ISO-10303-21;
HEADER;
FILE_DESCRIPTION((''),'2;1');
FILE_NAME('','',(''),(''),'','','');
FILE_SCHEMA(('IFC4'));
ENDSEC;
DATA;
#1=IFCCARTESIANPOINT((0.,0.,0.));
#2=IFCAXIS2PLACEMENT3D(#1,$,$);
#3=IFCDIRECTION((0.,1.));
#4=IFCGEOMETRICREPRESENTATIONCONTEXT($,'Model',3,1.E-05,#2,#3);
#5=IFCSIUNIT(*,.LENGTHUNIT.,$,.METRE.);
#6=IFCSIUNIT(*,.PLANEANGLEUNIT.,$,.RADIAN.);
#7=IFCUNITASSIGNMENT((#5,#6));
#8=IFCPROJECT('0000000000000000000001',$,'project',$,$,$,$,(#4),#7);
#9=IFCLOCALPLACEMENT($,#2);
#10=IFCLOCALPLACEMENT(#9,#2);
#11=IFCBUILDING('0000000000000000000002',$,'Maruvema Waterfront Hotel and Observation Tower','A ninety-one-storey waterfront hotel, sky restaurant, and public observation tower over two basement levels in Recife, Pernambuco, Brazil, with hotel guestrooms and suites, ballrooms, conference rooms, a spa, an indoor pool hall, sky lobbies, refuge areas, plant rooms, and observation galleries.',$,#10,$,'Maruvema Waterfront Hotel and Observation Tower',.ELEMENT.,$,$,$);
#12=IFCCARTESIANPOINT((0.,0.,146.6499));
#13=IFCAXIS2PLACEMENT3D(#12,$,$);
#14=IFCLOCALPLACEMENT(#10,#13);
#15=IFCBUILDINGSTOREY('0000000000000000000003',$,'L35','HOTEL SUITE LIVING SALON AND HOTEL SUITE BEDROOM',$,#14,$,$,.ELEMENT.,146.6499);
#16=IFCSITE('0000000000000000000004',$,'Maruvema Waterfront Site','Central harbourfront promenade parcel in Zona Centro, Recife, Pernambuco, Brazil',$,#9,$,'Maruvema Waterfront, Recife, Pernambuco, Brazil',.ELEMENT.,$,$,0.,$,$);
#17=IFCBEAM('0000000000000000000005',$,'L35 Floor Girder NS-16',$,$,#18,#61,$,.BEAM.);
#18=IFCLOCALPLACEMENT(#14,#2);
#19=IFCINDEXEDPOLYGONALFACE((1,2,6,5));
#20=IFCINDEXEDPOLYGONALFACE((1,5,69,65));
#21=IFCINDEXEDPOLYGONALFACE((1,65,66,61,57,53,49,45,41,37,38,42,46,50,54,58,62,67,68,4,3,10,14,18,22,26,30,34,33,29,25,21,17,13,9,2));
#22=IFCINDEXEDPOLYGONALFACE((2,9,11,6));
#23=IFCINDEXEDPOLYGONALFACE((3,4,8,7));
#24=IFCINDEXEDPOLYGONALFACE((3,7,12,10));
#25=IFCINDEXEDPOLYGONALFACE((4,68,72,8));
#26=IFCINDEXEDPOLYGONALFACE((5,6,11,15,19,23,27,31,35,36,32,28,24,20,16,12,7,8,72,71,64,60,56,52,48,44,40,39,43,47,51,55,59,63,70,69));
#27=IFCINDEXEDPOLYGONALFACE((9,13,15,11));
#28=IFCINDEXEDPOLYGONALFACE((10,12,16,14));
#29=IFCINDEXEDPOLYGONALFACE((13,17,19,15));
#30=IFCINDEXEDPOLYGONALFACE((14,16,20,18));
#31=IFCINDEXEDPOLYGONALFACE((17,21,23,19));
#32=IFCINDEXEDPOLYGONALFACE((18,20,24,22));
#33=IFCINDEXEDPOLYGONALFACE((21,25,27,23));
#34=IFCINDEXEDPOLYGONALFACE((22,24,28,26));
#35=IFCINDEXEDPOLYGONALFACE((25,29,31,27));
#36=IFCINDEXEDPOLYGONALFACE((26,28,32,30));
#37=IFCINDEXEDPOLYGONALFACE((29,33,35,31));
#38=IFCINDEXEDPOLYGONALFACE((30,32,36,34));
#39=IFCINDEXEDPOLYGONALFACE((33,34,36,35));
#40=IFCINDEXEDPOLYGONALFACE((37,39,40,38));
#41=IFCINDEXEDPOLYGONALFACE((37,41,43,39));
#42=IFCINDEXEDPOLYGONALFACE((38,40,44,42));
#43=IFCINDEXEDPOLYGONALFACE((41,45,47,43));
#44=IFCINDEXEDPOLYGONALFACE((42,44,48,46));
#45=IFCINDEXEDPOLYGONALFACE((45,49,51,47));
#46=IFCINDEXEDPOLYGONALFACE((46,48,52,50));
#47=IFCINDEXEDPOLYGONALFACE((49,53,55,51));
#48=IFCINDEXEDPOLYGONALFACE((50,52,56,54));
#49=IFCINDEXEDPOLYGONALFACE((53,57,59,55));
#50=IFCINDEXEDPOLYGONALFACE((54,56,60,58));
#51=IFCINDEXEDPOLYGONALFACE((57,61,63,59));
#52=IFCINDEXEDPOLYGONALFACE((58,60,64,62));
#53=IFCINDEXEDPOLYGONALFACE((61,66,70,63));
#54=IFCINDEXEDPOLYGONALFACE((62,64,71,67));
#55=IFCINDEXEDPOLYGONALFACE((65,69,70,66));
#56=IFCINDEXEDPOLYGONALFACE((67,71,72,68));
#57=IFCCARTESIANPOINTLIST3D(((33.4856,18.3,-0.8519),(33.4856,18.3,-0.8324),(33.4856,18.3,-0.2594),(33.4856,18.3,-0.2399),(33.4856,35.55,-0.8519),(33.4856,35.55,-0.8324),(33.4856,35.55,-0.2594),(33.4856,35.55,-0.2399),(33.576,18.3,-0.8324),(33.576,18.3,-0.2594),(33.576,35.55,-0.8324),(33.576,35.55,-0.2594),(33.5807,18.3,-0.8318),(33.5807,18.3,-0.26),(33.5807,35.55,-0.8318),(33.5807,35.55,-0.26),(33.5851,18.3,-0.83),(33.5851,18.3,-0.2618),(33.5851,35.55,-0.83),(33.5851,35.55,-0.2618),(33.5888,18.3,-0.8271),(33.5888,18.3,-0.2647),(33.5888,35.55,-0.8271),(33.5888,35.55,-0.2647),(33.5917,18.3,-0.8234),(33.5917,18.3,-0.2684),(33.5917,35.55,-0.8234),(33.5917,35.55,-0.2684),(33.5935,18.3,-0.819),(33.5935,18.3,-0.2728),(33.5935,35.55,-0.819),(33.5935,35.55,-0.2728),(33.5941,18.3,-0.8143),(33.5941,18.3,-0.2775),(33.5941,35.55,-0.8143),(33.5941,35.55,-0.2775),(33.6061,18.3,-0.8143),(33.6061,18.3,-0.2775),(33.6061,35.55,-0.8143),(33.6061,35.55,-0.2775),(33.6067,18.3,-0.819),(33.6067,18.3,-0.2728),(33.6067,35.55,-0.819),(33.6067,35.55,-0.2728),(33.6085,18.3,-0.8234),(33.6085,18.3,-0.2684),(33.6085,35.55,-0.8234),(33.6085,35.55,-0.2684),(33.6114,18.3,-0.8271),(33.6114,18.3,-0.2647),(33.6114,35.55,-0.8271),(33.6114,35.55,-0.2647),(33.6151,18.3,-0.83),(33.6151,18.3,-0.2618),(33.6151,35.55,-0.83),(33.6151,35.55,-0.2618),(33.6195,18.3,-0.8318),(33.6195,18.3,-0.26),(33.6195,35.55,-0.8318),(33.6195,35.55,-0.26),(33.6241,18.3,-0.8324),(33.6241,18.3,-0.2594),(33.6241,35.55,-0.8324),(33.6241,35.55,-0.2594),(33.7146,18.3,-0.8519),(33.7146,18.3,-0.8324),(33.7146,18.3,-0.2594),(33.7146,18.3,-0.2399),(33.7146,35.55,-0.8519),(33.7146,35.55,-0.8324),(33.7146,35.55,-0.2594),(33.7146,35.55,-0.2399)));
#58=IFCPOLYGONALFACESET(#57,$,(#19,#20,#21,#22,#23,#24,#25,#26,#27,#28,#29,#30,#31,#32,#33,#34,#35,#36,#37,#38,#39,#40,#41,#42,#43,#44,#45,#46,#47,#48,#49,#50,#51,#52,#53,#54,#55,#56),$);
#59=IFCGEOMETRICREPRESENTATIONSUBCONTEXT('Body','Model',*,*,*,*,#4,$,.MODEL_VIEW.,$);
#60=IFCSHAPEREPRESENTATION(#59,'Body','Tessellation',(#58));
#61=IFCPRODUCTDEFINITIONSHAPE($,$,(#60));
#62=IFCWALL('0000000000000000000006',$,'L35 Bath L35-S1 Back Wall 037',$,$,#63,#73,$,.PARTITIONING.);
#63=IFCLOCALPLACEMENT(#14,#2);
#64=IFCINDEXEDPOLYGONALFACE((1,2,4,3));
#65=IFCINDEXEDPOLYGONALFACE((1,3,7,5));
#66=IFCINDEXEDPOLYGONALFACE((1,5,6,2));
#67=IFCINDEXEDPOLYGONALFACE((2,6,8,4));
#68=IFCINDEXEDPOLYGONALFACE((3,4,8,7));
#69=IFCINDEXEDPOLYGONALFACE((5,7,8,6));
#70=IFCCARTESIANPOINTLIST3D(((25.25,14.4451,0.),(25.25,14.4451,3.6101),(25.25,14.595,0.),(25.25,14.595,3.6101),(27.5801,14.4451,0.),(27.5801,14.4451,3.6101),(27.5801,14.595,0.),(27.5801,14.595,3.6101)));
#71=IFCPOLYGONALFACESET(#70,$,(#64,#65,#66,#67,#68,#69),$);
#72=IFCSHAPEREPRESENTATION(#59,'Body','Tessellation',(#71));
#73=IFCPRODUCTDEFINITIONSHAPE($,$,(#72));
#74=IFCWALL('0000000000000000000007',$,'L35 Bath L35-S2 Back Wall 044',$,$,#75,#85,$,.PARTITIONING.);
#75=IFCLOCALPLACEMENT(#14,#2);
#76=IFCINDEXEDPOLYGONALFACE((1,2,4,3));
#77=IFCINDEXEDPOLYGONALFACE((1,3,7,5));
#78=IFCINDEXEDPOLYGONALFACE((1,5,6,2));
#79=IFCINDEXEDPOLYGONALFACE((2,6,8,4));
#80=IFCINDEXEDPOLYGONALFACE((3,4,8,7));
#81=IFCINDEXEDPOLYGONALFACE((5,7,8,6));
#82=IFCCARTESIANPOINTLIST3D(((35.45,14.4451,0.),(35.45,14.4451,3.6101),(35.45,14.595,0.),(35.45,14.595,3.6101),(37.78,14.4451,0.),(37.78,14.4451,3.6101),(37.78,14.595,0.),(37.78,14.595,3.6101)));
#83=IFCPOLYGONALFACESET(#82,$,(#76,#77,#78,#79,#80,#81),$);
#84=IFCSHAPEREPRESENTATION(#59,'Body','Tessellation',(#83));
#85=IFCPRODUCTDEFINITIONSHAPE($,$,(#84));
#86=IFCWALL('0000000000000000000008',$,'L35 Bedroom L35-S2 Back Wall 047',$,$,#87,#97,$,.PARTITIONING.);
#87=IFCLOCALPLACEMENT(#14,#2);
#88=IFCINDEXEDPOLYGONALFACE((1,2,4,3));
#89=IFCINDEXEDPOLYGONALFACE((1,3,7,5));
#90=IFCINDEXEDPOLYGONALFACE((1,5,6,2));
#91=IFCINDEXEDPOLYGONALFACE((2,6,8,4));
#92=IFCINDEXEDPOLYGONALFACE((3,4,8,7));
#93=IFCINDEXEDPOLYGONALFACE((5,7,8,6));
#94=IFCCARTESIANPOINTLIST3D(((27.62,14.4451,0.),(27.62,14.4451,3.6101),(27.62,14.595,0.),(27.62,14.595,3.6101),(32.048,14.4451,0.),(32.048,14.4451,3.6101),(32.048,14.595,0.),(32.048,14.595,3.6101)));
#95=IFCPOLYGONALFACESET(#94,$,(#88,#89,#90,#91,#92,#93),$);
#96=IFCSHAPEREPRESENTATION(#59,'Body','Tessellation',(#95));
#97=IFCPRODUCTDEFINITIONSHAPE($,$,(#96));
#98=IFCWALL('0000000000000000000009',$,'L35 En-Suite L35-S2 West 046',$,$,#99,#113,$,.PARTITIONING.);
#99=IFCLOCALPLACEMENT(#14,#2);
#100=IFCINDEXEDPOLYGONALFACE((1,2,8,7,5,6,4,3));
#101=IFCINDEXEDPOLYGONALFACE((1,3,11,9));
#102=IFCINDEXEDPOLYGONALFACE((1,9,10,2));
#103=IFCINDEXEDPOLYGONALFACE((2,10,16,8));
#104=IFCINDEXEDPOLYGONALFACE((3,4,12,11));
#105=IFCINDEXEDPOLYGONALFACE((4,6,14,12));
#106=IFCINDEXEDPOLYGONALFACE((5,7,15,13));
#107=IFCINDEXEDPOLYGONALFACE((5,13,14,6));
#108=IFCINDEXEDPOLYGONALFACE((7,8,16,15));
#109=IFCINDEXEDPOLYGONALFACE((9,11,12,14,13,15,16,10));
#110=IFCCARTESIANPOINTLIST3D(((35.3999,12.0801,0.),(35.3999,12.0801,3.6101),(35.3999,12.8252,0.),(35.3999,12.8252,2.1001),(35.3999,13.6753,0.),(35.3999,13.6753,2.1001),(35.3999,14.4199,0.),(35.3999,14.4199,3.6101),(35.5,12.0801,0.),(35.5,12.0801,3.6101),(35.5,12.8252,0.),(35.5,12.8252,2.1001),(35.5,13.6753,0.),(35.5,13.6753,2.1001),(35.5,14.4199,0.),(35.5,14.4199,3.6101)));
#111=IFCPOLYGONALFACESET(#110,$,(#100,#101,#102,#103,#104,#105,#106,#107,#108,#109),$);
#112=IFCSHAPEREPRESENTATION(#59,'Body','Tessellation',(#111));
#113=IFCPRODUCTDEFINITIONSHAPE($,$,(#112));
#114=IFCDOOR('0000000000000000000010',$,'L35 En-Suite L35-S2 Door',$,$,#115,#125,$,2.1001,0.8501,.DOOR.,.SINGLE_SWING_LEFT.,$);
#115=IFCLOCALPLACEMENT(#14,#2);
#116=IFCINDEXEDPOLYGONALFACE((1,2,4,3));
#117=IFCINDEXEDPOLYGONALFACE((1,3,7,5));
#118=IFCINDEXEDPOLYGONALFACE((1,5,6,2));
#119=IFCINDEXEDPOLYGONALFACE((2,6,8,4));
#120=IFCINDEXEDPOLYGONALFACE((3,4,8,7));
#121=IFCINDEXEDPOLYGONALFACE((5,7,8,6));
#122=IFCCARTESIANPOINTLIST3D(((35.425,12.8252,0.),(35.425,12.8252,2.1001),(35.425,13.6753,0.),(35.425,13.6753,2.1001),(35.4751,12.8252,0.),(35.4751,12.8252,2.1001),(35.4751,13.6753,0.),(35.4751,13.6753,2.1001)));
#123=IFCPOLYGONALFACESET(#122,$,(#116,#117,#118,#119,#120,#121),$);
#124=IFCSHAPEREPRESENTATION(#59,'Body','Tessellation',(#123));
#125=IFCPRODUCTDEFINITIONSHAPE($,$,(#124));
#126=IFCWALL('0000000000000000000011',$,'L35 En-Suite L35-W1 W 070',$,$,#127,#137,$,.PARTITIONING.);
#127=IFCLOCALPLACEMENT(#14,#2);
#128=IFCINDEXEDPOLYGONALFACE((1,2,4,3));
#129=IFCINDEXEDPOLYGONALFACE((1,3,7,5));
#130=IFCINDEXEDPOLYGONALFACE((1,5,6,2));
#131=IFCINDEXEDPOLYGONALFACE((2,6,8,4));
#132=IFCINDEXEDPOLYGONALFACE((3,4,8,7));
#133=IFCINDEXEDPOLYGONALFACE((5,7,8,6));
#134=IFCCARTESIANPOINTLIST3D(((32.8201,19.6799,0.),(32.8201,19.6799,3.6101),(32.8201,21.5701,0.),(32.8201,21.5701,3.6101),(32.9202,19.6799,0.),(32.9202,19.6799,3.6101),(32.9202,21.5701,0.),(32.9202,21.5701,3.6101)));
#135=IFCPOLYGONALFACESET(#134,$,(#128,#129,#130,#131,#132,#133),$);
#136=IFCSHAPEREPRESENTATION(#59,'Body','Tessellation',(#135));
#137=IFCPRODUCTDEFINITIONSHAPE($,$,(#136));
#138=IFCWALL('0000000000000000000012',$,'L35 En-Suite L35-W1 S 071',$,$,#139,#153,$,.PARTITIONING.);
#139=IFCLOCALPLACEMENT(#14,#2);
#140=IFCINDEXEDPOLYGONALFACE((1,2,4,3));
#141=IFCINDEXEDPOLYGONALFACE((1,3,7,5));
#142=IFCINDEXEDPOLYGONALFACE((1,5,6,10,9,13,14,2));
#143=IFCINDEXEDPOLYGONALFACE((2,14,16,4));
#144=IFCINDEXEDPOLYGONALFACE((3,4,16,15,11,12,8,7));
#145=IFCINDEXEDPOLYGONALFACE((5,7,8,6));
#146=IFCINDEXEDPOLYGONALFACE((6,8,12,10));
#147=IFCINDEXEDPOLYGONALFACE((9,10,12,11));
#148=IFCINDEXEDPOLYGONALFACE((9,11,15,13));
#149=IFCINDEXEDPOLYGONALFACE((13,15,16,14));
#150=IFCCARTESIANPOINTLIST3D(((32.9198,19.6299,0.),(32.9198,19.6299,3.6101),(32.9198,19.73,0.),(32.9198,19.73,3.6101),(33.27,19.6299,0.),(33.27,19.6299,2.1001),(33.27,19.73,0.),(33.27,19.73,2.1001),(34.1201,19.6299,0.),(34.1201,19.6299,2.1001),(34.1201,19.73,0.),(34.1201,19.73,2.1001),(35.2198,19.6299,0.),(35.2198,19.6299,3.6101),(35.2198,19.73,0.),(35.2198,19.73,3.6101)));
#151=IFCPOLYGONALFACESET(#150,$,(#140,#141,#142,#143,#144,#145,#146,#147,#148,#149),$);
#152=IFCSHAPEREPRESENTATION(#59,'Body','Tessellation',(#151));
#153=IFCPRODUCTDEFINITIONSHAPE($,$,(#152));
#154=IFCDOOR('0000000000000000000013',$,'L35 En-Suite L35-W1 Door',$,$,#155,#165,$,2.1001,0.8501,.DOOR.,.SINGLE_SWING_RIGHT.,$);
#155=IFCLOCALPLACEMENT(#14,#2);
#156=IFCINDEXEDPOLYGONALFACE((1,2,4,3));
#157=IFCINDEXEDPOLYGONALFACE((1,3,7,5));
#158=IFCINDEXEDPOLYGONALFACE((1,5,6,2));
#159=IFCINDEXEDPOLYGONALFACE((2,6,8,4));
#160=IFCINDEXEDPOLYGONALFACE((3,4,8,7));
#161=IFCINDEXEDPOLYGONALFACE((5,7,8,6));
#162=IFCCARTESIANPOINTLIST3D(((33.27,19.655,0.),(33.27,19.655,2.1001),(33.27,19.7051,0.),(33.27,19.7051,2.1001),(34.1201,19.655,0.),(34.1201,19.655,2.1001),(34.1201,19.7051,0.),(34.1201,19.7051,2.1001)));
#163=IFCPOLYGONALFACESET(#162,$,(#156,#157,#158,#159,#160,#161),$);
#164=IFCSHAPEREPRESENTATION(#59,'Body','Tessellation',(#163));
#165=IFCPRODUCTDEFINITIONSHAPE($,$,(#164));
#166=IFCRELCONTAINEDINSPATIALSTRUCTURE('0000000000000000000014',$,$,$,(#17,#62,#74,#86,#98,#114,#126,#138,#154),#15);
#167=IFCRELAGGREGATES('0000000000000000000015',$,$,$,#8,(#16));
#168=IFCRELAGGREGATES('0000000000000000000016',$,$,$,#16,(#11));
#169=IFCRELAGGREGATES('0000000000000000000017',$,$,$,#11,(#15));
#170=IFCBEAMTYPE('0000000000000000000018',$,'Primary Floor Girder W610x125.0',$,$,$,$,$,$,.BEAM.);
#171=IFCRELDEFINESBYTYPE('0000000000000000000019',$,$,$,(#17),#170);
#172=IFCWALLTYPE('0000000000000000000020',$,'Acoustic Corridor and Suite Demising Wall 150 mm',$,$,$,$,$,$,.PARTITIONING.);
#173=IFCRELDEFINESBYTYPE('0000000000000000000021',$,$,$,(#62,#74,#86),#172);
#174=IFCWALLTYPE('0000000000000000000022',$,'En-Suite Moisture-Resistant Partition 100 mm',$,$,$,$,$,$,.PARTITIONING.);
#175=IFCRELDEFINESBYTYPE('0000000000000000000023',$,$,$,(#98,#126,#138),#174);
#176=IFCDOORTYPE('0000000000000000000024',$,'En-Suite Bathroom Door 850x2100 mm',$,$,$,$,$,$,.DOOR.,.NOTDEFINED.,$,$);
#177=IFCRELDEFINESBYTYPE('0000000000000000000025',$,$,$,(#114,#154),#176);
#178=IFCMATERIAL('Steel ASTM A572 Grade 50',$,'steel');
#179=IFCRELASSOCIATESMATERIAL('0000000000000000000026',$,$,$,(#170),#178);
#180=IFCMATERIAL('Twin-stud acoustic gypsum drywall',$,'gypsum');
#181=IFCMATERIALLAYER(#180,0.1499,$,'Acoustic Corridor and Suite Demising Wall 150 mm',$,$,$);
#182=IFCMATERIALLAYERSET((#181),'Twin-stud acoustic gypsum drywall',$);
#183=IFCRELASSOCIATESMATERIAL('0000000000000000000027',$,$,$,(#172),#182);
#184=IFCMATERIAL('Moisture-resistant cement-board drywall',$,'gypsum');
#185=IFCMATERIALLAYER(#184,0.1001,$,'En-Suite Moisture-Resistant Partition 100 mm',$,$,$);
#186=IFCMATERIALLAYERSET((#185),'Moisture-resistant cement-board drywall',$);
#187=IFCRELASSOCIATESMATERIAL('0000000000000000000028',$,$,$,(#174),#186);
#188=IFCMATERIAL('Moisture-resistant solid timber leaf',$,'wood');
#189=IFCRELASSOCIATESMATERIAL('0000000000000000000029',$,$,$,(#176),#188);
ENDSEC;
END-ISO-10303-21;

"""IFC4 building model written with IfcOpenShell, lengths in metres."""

from ifc_helpers import new_model, si_unit, direction, frame, frame_2d, origin, origin_2d, place, context, subcontext, project, spatial, rectangle, i_section, extrude, material, layer, layer_set, material_profile, profile_set, type_object, element, fill, save


model = new_model("IFC4")

# Units and contexts
model_context = context("Model", 3, precision=1e-05, world=origin(), true_north=direction((0.0, 1.0)))
body_context = subcontext(model_context, "Body", "Model", "MODEL_VIEW")
ifc_project = project(units=[si_unit("LENGTHUNIT", "METRE"), si_unit("PLANEANGLEUNIT", "RADIAN")], contexts=[model_context])

# Site, building, storey
site_placement = place(None, origin())
site = spatial("IfcSite", under=ifc_project, at=site_placement, Name="Maruvema Waterfront Site", Description="Central harbourfront promenade parcel in Zona Centro, Recife, Pernambuco, Brazil", LongName="Maruvema Waterfront, Recife, Pernambuco, Brazil", CompositionType="ELEMENT", RefElevation=0.0)
building_placement = place(site_placement, origin())
building = spatial("IfcBuilding", under=site, at=building_placement, Name="Maruvema Waterfront Hotel and Observation Tower", Description="A ninety-one-storey waterfront hotel, sky restaurant, and public observation tower over two basement levels in Recife, Pernambuco, Brazil, with hotel guestrooms and suites, ballrooms, conference rooms, a spa, an indoor pool hall, sky lobbies, refuge areas, plant rooms, and observation galleries.", LongName="Maruvema Waterfront Hotel and Observation Tower", CompositionType="ELEMENT")
storey_placement = place(building_placement, frame((0.0, 0.0, 146.6499)))
storey = spatial("IfcBuildingStorey", under=building, at=storey_placement, Name="L35", Description="HOTEL SUITE LIVING SALON AND HOTEL SUITE BEDROOM", CompositionType="ELEMENT", Elevation=146.6499)

# Beam
ifc_material_1 = material(Name="Steel ASTM A572 Grade 50", Category="steel")
ifc_material_profile_1 = material_profile(ifc_material_1, i_section(OverallWidth=0.229, OverallDepth=0.6121, WebThickness=0.012, FlangeThickness=0.0195, FilletRadius=0.0181, at=origin_2d()), Name="W610x125.0")
ifc_profile_set_1 = profile_set([ifc_material_profile_1], Name="Steel ASTM A572 Grade 50")
beam_type = type_object("IfcBeamType", Name="Primary Floor Girder W610x125.0", PredefinedType="BEAM", material=ifc_profile_set_1)
beam_1_placement = place(storey_placement, frame((33.6001, 18.3, -0.5459), z_axis=(0.0, 1.0, 0.0), x_axis=(-1.0, 0.0, 0.0)))
element("IfcBeam", 1, at=beam_1_placement, inside=storey, type_object=beam_type, Name="L35 Floor Girder NS-16", PredefinedType="BEAM", context=body_context, shape_type="SweptSolid", body=[
    extrude(i_section(OverallWidth=0.229, OverallDepth=0.6121, WebThickness=0.012, FlangeThickness=0.0195, FilletRadius=0.0181, at=origin_2d()), origin(), (0.0, 0.0, 1.0), 17.25),
])

# Walls
ifc_material_2 = material(Name="Twin-stud acoustic gypsum drywall", Category="gypsum")
ifc_layer_1 = layer(ifc_material_2, 0.1499, Name="Acoustic Corridor and Suite Demising Wall 150 mm")
ifc_layer_set_1 = layer_set([ifc_layer_1], Name="Twin-stud acoustic gypsum drywall")
wall_type_1 = type_object("IfcWallType", Name="Acoustic Corridor and Suite Demising Wall 150 mm", PredefinedType="PARTITIONING", material=ifc_layer_set_1)
for number, where, z_axis, x_axis, name in (
    (2, (25.25, 14.52, 0.0), (0.0, 0.0, 1.0), (1.0, 0.0, 0.0), "L35 Bath L35-S1 Back Wall 037"),
    (3, (35.45, 14.52, 0.0), (0.0, 0.0, 1.0), (1.0, 0.0, 0.0), "L35 Bath L35-S2 Back Wall 044"),
):
    element("IfcWall", number, at=place(storey_placement, frame(where, z_axis=z_axis, x_axis=x_axis)), inside=storey, type_object=wall_type_1, Name=name, PredefinedType="PARTITIONING", context=body_context, shape_type="SweptSolid", body=[
        extrude(rectangle(XDim=2.3301, YDim=0.1499, at=frame_2d((1.165, 0.0))), origin(), (0.0, 0.0, 1.0), 3.6101),
    ])
wall_1_placement = place(storey_placement, frame((27.6201, 14.52, 0.0), z_axis=(0.0, 0.0, 1.0), x_axis=(1.0, 0.0, 0.0)))
element("IfcWall", 4, at=wall_1_placement, inside=storey, type_object=wall_type_1, Name="L35 Bedroom L35-S2 Back Wall 047", PredefinedType="PARTITIONING", context=body_context, shape_type="SweptSolid", body=[
    extrude(rectangle(XDim=4.428, YDim=0.1499, at=frame_2d((2.2139, 0.0))), origin(), (0.0, 0.0, 1.0), 3.6101),
])

# Wall, opening, door
ifc_material_3 = material(Name="Moisture-resistant cement-board drywall", Category="gypsum")
ifc_layer_2 = layer(ifc_material_3, 0.1001, Name="En-Suite Moisture-Resistant Partition 100 mm")
ifc_layer_set_2 = layer_set([ifc_layer_2], Name="Moisture-resistant cement-board drywall")
wall_type_2 = type_object("IfcWallType", Name="En-Suite Moisture-Resistant Partition 100 mm", PredefinedType="PARTITIONING", material=ifc_layer_set_2)
wall_2_placement = place(storey_placement, frame((35.45, 12.0801, 0.0), z_axis=(0.0, 0.0, 1.0), x_axis=(0.0, 1.0, 0.0)))
wall_2 = element("IfcWall", 5, at=wall_2_placement, inside=storey, type_object=wall_type_2, Name="L35 En-Suite L35-S2 West 046", PredefinedType="PARTITIONING", context=body_context, shape_type="SweptSolid", body=[
    extrude(rectangle(XDim=2.3398, YDim=0.1001, at=frame_2d((1.1699, 0.0))), origin(), (0.0, 0.0, 1.0), 3.6101),
])
opening_1_placement = place(wall_2_placement, frame((0.7451, 0.0, 0.0)))
opening_1 = element("IfcOpeningElement", 6, at=opening_1_placement, cuts=wall_2, PredefinedType="OPENING", context=body_context, shape_type="SweptSolid", body=[
    extrude(rectangle(XDim=0.8501, YDim=2.1001, at=frame_2d((0.425, 1.05))), frame((0.0, 0.0601, 0.0), z_axis=(0.0, -1.0, 0.0), x_axis=(1.0, 0.0, 0.0)), (0.0, 0.0, 1.0), 0.1201),
])
ifc_material_4 = material(Name="Moisture-resistant solid timber leaf", Category="wood")
door_type_1 = type_object("IfcDoorType", Name="En-Suite Bathroom Door 850x2100 mm", OperationType="NOTDEFINED", PredefinedType="DOOR", material=ifc_material_4)
door_1_placement = place(opening_1_placement, origin())
door_1 = element("IfcDoor", 7, at=door_1_placement, inside=storey, type_object=door_type_1, Name="L35 En-Suite L35-S2 Door", OperationType="SINGLE_SWING_LEFT", OverallHeight=2.1001, OverallWidth=0.8501, PredefinedType="DOOR", context=body_context, shape_type="SweptSolid", body=[
    extrude(rectangle(XDim=0.8501, YDim=2.1001, at=frame_2d((0.425, 1.05))), frame((0.0, 0.0249, 0.0), z_axis=(0.0, -1.0, 0.0), x_axis=(1.0, 0.0, 0.0)), (0.0, 0.0, 1.0), 0.05),
])
fill(opening_1, door_1)

# Wall
wall_3_placement = place(storey_placement, frame((32.8701, 19.6799, 0.0), z_axis=(0.0, 0.0, 1.0), x_axis=(0.0, 1.0, 0.0)))
element("IfcWall", 8, at=wall_3_placement, inside=storey, type_object=wall_type_2, Name="L35 En-Suite L35-W1 W 070", PredefinedType="PARTITIONING", context=body_context, shape_type="SweptSolid", body=[
    extrude(rectangle(XDim=1.8901, YDim=0.1001, at=frame_2d((0.9451, 0.0))), origin(), (0.0, 0.0, 1.0), 3.6101),
])

# Wall, opening, door
wall_4_placement = place(storey_placement, frame((32.9199, 19.6799, 0.0), z_axis=(0.0, 0.0, 1.0), x_axis=(1.0, 0.0, 0.0)))
wall_4 = element("IfcWall", 9, at=wall_4_placement, inside=storey, type_object=wall_type_2, Name="L35 En-Suite L35-W1 S 071", PredefinedType="PARTITIONING", context=body_context, shape_type="SweptSolid", body=[
    extrude(rectangle(XDim=2.3, YDim=0.1001, at=frame_2d((1.1499, 0.0))), origin(), (0.0, 0.0, 1.0), 3.6101),
])
opening_2_placement = place(wall_4_placement, frame((0.3501, 0.0, 0.0)))
opening_2 = element("IfcOpeningElement", 10, at=opening_2_placement, cuts=wall_4, PredefinedType="OPENING", context=body_context, shape_type="SweptSolid", body=[
    extrude(rectangle(XDim=0.8501, YDim=2.1001, at=frame_2d((0.425, 1.05))), frame((0.0, 0.0601, 0.0), z_axis=(0.0, -1.0, 0.0), x_axis=(1.0, 0.0, 0.0)), (0.0, 0.0, 1.0), 0.1201),
])
door_2_placement = place(opening_2_placement, frame((0.8501, 0.0, 0.0), z_axis=(0.0, 0.0, 1.0), x_axis=(-1.0, 0.0, 0.0)))
door_2 = element("IfcDoor", 11, at=door_2_placement, inside=storey, type_object=door_type_1, Name="L35 En-Suite L35-W1 Door", OperationType="SINGLE_SWING_RIGHT", OverallHeight=2.1001, OverallWidth=0.8501, PredefinedType="DOOR", context=body_context, shape_type="SweptSolid", body=[
    extrude(rectangle(XDim=0.8501, YDim=2.1001, at=frame_2d((0.425, 1.05))), frame((0.0, 0.0249, 0.0), z_axis=(0.0, -1.0, 0.0), x_axis=(1.0, 0.0, 0.0)), (0.0, 0.0, 1.0), 0.05),
])
fill(opening_2, door_2)

save(model, "model.ifc")
